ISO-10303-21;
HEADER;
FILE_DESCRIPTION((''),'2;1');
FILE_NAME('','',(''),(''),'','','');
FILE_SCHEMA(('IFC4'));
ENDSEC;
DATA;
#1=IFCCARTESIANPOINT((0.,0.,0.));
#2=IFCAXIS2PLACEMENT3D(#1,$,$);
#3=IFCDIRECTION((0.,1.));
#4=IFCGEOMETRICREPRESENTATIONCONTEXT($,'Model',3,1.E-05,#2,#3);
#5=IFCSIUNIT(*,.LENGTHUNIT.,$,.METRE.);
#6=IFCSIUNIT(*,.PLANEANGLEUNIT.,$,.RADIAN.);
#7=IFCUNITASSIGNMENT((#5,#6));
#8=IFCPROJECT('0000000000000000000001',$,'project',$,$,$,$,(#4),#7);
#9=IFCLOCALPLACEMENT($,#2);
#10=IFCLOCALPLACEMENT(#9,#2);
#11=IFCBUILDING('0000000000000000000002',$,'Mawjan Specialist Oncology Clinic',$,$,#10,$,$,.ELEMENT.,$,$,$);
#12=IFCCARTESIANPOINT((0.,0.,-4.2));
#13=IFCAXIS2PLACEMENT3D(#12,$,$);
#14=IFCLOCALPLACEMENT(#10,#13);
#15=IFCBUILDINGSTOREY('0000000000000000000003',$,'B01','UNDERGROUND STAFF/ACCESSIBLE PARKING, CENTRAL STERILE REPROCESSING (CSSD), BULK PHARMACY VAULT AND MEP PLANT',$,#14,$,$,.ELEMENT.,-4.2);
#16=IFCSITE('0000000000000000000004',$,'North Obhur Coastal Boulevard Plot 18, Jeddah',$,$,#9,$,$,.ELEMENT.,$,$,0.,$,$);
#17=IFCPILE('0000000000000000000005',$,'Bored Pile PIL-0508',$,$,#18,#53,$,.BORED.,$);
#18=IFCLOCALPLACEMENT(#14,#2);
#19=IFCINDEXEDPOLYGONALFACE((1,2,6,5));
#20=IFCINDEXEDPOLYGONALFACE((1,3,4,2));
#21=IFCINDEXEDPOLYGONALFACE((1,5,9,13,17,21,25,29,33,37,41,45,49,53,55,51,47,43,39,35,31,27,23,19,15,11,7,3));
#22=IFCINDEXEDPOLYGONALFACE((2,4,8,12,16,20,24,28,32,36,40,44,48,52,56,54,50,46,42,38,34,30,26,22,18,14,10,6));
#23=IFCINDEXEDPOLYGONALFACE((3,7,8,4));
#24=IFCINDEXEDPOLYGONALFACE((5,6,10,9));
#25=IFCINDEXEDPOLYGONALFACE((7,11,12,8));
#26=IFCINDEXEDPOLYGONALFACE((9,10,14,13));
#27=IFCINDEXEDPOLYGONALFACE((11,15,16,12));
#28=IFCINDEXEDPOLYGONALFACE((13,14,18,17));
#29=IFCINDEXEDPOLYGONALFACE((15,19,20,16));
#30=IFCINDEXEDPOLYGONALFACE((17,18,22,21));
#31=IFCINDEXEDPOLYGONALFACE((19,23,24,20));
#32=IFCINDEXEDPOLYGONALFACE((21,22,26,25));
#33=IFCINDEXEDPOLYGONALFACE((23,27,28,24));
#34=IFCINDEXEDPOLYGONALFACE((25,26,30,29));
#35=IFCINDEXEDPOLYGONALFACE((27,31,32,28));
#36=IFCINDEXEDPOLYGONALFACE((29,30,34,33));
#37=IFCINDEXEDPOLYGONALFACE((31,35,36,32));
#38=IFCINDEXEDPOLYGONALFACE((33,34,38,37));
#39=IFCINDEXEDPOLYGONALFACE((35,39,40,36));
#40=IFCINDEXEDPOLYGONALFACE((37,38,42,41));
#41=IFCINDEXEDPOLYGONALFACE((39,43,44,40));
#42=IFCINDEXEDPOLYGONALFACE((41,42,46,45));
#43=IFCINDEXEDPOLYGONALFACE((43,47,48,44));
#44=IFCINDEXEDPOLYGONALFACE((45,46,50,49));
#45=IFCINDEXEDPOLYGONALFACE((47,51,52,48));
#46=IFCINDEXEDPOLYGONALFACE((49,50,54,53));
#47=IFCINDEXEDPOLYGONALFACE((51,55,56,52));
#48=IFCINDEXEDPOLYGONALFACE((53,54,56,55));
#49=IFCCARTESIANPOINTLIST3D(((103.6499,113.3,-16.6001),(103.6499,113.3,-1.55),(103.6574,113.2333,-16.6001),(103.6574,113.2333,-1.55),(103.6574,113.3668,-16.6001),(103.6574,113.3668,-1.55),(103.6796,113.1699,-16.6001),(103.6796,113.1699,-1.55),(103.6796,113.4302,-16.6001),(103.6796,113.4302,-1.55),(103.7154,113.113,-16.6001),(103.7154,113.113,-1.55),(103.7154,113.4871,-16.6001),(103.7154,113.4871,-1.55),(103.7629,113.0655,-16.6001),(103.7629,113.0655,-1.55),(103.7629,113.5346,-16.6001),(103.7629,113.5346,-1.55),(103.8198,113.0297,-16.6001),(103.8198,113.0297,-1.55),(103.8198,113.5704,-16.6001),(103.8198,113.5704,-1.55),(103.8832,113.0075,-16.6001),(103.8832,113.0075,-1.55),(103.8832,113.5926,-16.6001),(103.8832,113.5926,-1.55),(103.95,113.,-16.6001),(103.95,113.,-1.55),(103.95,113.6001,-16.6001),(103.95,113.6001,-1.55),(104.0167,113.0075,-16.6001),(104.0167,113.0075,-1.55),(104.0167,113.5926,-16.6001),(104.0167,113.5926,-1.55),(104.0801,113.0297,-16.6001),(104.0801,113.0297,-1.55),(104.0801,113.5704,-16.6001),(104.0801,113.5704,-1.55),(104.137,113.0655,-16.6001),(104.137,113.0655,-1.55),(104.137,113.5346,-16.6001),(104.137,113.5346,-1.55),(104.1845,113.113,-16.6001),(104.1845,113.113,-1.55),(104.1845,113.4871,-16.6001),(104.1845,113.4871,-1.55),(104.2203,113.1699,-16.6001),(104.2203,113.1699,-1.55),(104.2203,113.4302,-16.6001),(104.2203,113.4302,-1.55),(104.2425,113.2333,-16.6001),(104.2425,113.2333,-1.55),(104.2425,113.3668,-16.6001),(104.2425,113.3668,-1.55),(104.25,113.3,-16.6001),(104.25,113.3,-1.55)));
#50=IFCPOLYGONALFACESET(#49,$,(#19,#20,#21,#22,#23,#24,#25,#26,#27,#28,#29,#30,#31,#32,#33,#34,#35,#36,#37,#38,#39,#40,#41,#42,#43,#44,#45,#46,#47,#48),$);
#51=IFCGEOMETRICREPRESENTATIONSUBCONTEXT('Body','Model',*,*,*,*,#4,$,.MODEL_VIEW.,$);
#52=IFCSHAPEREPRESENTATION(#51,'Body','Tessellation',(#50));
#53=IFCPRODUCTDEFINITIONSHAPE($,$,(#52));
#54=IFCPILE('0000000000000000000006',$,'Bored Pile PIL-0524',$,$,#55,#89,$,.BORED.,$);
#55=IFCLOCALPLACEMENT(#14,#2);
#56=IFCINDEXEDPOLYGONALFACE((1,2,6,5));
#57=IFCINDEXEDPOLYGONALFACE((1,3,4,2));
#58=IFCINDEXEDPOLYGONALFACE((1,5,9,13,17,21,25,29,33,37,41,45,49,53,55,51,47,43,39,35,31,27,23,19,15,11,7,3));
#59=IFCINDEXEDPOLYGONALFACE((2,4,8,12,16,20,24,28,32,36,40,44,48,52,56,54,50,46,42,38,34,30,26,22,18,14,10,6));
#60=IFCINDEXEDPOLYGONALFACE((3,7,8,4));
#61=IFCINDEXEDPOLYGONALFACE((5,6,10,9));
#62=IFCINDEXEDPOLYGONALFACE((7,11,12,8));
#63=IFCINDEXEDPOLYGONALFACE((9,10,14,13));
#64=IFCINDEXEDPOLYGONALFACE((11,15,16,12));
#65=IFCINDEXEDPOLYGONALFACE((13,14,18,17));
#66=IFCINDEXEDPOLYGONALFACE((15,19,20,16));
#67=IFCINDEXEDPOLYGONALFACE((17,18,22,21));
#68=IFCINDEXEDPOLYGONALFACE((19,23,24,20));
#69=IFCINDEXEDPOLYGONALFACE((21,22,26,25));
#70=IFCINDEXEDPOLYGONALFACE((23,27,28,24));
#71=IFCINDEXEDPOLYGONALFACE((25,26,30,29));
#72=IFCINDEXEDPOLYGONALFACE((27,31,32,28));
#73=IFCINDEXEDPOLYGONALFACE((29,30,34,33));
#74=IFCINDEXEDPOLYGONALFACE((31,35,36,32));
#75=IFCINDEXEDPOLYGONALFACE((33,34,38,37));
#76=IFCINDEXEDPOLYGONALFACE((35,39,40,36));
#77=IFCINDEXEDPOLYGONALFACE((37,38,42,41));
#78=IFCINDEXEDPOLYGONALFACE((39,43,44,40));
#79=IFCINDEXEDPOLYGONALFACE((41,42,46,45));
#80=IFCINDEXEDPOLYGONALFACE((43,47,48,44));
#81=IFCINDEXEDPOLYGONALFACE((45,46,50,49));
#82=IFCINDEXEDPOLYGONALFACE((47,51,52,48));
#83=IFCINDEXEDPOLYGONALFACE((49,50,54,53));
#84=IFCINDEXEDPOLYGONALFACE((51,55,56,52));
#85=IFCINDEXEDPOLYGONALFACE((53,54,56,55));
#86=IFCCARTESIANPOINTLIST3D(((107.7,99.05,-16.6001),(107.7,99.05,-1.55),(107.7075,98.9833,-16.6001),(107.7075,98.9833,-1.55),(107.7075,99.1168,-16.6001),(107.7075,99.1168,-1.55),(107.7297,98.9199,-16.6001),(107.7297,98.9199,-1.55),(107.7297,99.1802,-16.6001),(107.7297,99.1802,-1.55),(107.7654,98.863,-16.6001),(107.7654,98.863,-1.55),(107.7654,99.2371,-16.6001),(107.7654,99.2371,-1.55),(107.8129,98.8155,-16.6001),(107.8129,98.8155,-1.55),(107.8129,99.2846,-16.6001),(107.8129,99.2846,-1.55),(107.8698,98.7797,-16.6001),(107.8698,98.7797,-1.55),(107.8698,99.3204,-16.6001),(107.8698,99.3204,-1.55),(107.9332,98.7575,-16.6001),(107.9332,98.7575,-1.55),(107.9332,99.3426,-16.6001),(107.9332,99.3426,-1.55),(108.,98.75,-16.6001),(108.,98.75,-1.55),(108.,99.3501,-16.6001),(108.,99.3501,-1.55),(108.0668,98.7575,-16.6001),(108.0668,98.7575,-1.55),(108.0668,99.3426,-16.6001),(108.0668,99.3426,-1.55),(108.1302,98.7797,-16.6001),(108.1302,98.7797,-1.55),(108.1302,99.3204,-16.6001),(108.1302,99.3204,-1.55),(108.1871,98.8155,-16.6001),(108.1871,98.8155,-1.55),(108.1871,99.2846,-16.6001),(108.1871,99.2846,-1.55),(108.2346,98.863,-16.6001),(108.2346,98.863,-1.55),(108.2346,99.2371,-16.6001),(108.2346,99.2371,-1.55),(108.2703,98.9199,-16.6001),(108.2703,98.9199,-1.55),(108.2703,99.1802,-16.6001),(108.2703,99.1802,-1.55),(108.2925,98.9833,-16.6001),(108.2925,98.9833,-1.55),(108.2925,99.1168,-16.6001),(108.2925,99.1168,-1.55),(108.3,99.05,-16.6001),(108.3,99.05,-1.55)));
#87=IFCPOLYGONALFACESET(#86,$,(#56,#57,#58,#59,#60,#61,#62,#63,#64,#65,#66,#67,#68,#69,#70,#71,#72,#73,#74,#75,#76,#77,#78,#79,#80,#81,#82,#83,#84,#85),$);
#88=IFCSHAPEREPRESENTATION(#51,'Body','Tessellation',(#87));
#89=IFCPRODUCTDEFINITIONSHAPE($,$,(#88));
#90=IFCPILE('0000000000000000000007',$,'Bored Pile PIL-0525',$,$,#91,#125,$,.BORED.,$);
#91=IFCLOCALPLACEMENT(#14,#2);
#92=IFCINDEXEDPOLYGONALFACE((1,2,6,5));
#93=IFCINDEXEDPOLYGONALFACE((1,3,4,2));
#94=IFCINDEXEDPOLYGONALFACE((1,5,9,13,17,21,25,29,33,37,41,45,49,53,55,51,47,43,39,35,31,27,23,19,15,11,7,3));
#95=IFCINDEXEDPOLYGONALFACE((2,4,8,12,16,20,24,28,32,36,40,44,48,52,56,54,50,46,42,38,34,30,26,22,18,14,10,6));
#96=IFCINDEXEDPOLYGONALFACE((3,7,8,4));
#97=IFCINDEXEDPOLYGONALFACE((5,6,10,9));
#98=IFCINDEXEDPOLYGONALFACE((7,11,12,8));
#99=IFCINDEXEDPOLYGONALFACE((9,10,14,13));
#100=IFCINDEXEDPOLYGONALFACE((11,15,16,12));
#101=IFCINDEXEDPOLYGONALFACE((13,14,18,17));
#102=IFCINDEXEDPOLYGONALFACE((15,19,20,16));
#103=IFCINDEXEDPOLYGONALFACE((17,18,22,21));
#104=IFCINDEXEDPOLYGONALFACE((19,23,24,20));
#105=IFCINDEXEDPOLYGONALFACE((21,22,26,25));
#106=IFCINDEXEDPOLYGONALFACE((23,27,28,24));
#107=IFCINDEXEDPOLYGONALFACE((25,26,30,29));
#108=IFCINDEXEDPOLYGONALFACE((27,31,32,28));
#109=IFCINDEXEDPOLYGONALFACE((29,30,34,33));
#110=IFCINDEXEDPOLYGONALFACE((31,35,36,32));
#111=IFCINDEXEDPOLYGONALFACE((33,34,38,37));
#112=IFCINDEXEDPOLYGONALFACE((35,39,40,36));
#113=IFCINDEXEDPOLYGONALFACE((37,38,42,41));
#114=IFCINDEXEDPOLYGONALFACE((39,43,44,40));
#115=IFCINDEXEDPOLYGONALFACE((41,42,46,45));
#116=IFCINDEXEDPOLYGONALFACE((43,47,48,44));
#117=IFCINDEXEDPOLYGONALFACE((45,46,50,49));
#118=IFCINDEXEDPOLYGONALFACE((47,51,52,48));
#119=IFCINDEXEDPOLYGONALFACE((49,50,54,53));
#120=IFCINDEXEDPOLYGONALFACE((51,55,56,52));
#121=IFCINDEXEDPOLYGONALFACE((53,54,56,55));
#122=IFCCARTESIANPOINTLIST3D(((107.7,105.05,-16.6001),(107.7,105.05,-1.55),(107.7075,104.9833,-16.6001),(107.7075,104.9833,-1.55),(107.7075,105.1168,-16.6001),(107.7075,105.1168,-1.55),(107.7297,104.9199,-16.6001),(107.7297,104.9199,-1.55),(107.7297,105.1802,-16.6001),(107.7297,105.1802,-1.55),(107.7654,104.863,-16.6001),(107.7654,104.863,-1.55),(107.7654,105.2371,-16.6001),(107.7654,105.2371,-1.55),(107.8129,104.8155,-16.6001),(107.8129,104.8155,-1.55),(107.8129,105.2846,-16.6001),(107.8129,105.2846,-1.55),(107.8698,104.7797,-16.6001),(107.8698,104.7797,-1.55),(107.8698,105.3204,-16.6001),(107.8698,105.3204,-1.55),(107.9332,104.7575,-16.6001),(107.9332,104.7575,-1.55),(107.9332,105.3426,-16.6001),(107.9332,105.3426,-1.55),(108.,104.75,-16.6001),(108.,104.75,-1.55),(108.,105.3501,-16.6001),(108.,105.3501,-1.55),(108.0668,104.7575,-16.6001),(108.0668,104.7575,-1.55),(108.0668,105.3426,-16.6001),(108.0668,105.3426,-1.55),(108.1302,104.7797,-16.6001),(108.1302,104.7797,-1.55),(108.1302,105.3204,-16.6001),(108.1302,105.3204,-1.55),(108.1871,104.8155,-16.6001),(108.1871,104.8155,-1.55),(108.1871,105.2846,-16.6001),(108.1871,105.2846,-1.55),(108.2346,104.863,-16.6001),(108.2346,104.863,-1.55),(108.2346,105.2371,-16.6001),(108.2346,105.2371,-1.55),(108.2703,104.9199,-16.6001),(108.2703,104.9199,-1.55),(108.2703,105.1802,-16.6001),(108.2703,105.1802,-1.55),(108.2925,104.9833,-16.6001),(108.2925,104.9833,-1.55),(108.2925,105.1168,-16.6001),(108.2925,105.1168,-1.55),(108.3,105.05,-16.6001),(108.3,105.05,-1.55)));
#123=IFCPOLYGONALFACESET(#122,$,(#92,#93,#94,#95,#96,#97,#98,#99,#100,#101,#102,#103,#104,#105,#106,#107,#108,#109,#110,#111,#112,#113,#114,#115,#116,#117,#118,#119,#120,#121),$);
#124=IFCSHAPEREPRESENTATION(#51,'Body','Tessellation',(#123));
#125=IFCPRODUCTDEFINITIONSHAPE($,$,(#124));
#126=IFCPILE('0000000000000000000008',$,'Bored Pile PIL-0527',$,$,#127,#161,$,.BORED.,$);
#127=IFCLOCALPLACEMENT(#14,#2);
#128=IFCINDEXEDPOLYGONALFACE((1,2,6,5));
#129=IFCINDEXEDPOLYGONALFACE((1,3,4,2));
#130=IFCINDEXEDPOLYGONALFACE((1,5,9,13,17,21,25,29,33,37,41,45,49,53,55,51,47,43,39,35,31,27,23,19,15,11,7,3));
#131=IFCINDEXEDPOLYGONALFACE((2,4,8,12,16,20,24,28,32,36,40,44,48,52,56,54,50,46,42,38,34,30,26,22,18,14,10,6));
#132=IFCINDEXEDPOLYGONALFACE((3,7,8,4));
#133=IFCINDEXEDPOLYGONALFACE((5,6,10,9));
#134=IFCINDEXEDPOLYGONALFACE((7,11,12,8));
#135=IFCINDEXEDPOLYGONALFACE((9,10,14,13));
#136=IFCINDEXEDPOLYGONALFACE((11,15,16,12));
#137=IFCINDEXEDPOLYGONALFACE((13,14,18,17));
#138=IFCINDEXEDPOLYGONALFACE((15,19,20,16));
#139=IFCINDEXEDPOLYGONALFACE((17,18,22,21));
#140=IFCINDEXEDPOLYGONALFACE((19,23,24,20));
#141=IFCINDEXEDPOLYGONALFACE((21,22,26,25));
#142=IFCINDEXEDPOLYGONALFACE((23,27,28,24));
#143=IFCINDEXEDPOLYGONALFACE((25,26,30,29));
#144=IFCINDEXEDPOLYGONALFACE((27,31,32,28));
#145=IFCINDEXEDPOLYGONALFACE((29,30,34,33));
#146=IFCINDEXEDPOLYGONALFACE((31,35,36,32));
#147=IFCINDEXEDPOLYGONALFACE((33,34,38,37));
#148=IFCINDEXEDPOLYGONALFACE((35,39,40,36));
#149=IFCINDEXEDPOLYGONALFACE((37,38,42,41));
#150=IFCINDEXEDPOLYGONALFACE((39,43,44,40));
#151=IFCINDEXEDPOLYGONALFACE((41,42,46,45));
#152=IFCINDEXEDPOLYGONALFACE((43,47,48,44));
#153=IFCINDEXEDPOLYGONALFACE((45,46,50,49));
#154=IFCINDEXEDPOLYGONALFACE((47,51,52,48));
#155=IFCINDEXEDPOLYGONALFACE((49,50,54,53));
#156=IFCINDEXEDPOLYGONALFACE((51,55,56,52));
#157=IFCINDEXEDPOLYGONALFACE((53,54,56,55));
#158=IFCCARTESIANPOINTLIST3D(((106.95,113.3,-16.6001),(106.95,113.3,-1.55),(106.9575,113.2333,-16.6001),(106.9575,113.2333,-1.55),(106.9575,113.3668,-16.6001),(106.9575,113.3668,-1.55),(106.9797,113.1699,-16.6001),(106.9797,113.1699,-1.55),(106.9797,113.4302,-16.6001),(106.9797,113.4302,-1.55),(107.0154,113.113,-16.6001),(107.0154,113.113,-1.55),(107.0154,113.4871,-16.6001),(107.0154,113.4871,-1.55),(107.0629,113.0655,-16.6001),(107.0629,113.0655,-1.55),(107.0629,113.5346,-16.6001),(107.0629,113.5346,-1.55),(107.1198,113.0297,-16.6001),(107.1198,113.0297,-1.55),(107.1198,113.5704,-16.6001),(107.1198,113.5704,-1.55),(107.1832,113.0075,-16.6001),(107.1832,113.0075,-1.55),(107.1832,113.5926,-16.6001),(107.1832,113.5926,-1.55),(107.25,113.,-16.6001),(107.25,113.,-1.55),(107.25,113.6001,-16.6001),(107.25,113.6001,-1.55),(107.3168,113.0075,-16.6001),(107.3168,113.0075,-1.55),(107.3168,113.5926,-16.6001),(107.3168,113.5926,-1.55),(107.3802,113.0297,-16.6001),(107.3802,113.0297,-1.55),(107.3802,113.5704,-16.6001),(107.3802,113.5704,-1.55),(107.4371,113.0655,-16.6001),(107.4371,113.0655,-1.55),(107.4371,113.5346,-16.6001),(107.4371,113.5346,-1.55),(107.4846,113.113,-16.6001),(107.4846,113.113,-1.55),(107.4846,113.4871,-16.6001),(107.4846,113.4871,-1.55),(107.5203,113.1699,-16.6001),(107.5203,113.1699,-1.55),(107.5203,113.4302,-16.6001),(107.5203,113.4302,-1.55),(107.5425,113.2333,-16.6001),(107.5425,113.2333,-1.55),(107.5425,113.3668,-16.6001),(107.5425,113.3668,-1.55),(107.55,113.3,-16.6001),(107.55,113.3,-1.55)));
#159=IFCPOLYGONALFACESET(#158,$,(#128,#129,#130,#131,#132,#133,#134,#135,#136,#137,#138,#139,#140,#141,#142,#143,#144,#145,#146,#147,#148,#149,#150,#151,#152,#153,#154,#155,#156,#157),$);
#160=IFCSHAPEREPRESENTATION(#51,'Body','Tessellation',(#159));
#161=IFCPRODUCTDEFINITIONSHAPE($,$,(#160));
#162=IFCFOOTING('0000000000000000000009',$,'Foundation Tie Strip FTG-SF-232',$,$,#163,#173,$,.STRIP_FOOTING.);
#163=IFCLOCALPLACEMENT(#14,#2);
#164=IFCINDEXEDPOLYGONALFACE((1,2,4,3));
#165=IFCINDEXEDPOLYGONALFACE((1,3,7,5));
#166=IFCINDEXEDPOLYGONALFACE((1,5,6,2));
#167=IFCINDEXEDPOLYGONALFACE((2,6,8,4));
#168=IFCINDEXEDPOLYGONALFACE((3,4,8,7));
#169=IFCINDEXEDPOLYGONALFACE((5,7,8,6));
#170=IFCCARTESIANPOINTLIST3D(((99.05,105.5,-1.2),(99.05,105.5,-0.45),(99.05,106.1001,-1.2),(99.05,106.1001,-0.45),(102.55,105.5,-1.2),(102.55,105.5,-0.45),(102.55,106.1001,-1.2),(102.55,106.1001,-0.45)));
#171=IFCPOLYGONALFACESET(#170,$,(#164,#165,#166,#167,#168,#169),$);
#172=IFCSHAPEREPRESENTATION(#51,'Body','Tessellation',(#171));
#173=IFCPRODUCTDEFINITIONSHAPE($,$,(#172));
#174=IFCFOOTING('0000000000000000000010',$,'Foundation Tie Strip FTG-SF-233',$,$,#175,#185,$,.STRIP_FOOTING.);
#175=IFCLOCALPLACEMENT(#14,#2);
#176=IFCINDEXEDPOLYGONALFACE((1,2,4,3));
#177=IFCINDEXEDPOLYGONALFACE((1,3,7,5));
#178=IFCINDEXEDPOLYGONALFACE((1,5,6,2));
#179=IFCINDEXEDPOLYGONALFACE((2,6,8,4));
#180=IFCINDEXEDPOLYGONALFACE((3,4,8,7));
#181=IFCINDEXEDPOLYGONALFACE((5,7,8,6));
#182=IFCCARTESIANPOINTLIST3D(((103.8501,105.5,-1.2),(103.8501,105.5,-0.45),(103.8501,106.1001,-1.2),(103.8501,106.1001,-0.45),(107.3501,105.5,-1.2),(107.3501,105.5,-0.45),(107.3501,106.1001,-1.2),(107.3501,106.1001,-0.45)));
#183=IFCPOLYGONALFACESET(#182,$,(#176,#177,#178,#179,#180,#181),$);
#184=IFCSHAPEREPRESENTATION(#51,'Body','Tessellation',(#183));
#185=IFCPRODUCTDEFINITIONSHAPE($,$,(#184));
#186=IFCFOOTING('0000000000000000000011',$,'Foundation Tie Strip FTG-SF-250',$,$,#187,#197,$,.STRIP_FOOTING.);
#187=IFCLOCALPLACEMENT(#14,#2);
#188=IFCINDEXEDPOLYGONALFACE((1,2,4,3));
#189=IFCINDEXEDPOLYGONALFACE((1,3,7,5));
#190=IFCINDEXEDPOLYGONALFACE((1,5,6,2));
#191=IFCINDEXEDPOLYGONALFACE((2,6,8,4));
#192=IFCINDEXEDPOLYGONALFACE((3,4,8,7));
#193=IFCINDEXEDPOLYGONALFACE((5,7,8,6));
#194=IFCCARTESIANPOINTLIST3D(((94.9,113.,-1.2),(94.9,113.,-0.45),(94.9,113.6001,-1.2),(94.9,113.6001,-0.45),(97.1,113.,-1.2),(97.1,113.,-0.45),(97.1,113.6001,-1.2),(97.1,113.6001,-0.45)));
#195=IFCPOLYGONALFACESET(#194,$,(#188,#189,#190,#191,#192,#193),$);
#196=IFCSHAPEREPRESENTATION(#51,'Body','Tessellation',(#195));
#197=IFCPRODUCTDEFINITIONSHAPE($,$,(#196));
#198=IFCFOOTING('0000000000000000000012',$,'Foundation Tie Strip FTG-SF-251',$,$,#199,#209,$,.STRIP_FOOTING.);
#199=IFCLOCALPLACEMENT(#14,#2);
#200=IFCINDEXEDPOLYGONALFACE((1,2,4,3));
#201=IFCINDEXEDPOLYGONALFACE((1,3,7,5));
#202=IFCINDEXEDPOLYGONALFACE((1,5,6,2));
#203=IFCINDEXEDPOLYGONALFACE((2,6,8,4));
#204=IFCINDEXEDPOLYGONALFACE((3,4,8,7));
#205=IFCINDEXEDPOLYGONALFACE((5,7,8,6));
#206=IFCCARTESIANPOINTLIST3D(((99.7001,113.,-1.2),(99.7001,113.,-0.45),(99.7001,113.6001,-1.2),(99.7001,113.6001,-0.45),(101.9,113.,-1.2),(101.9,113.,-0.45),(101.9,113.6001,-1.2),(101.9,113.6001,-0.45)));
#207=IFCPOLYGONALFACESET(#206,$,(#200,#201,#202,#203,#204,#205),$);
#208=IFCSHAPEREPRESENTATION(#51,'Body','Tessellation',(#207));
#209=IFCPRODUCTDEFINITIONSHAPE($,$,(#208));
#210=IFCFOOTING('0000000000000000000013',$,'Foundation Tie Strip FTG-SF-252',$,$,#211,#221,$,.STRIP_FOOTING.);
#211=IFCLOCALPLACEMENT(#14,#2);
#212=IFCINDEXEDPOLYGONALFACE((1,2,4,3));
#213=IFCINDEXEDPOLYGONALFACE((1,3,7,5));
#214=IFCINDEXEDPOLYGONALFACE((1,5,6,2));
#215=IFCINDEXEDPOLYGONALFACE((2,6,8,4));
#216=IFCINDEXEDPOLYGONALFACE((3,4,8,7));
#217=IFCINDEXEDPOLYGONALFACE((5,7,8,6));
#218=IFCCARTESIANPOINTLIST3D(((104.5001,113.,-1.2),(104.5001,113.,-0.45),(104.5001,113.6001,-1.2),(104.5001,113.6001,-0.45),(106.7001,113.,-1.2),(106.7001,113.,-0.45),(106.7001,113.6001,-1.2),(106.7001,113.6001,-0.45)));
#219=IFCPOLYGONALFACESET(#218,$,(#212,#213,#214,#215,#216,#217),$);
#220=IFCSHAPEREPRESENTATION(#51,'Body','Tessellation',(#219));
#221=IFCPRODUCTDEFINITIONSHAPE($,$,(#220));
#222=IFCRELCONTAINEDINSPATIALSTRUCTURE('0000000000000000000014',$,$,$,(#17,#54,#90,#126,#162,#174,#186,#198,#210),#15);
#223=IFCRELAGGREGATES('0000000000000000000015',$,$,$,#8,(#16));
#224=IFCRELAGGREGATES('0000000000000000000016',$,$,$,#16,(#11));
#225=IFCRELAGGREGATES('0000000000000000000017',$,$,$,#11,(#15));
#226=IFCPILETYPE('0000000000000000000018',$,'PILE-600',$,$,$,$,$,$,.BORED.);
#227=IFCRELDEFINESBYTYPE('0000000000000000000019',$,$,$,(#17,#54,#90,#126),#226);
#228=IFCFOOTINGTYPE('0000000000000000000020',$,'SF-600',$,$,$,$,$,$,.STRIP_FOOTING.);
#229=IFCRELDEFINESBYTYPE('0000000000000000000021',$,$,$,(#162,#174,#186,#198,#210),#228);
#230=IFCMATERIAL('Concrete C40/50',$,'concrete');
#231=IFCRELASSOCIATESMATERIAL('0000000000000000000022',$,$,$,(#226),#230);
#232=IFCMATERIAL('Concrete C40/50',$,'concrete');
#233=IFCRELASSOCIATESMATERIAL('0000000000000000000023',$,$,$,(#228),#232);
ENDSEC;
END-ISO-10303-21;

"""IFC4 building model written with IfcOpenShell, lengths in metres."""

from ifc_helpers import new_model, si_unit, direction, frame, origin, origin_2d, place, context, subcontext, project, spatial, rectangle, circle, extrude, material, material_profile, profile_set, type_object, element, save


model = new_model("IFC4")

# Units and contexts
model_context = context("Model", 3, precision=1e-05, world=origin(), true_north=direction((0.0, 1.0)))
body_context = subcontext(model_context, "Body", "Model", "MODEL_VIEW")
ifc_project = project(units=[si_unit("LENGTHUNIT", "METRE"), si_unit("PLANEANGLEUNIT", "RADIAN")], contexts=[model_context])

# Site, building, storey
site_placement = place(None, origin())
site = spatial("IfcSite", under=ifc_project, at=site_placement, Name="North Obhur Coastal Boulevard Plot 18, Jeddah", CompositionType="ELEMENT", RefElevation=0.0)
building_placement = place(site_placement, origin())
building = spatial("IfcBuilding", under=site, at=building_placement, Name="Mawjan Specialist Oncology Clinic", CompositionType="ELEMENT")
storey_placement = place(building_placement, frame((0.0, 0.0, -4.2)))
storey = spatial("IfcBuildingStorey", under=building, at=storey_placement, Name="B01", Description="UNDERGROUND STAFF/ACCESSIBLE PARKING, CENTRAL STERILE REPROCESSING (CSSD), BULK PHARMACY VAULT AND MEP PLANT", CompositionType="ELEMENT", Elevation=-4.2)

# Piles
ifc_material_1 = material(Name="Concrete C40/50", Category="concrete")
ifc_material_profile_1 = material_profile(ifc_material_1, circle(Radius=0.3, at=origin_2d()), Name="BORED PILE D600", Category="concrete")
ifc_profile_set_1 = profile_set([ifc_material_profile_1], Name="Concrete C40/50")
pile_type = type_object("IfcPileType", Name="PILE-600", PredefinedType="BORED", material=ifc_profile_set_1)
for number, where, z_axis, x_axis, name in (
    (1, (103.95, 113.3, -1.55), (0.0, 0.0, -1.0), (1.0, 0.0, 0.0), "Bored Pile PIL-0508"),
    (2, (108.0, 99.05, -1.55), (0.0, 0.0, -1.0), (1.0, 0.0, 0.0), "Bored Pile PIL-0524"),
    (3, (108.0, 105.05, -1.55), (0.0, 0.0, -1.0), (1.0, 0.0, 0.0), "Bored Pile PIL-0525"),
    (4, (107.25, 113.3, -1.55), (0.0, 0.0, -1.0), (1.0, 0.0, 0.0), "Bored Pile PIL-0527"),
):
    element("IfcPile", number, at=place(storey_placement, frame(where, z_axis=z_axis, x_axis=x_axis)), inside=storey, type_object=pile_type, Name=name, PredefinedType="BORED", context=body_context, shape_type="SweptSolid", body=[
        extrude(circle(Radius=0.3, at=origin_2d()), origin(), (0.0, 0.0, 1.0), 15.05),
    ])

# Footings
ifc_material_2 = material(Name="Concrete C40/50", Category="concrete")
footing_type_1 = type_object("IfcFootingType", Name="SF-600", PredefinedType="STRIP_FOOTING", material=ifc_material_2)
for number, where, z_axis, x_axis, name in (
    (5, (100.8, 105.8, -1.2), (0.0, 0.0, 1.0), (1.0, 0.0, 0.0), "Foundation Tie Strip FTG-SF-232"),
    (6, (105.6001, 105.8, -1.2), (0.0, 0.0, 1.0), (1.0, 0.0, 0.0), "Foundation Tie Strip FTG-SF-233"),
):
    element("IfcFooting", number, at=place(storey_placement, frame(where, z_axis=z_axis, x_axis=x_axis)), inside=storey, type_object=footing_type_1, Name=name, PredefinedType="STRIP_FOOTING", context=body_context, shape_type="SweptSolid", body=[
        extrude(rectangle(XDim=3.5, YDim=0.6001, at=origin_2d()), origin(), (0.0, 0.0, 1.0), 0.75),
    ])
for number, where, z_axis, x_axis, name in (
    (7, (96.0, 113.3, -1.2), (0.0, 0.0, 1.0), (1.0, 0.0, 0.0), "Foundation Tie Strip FTG-SF-250"),
    (8, (100.8, 113.3, -1.2), (0.0, 0.0, 1.0), (1.0, 0.0, 0.0), "Foundation Tie Strip FTG-SF-251"),
    (9, (105.6001, 113.3, -1.2), (0.0, 0.0, 1.0), (1.0, 0.0, 0.0), "Foundation Tie Strip FTG-SF-252"),
):
    element("IfcFooting", number, at=place(storey_placement, frame(where, z_axis=z_axis, x_axis=x_axis)), inside=storey, type_object=footing_type_1, Name=name, PredefinedType="STRIP_FOOTING", context=body_context, shape_type="SweptSolid", body=[
        extrude(rectangle(XDim=2.2, YDim=0.6001, at=origin_2d()), origin(), (0.0, 0.0, 1.0), 0.75),
    ])

save(model, "model.ifc")
